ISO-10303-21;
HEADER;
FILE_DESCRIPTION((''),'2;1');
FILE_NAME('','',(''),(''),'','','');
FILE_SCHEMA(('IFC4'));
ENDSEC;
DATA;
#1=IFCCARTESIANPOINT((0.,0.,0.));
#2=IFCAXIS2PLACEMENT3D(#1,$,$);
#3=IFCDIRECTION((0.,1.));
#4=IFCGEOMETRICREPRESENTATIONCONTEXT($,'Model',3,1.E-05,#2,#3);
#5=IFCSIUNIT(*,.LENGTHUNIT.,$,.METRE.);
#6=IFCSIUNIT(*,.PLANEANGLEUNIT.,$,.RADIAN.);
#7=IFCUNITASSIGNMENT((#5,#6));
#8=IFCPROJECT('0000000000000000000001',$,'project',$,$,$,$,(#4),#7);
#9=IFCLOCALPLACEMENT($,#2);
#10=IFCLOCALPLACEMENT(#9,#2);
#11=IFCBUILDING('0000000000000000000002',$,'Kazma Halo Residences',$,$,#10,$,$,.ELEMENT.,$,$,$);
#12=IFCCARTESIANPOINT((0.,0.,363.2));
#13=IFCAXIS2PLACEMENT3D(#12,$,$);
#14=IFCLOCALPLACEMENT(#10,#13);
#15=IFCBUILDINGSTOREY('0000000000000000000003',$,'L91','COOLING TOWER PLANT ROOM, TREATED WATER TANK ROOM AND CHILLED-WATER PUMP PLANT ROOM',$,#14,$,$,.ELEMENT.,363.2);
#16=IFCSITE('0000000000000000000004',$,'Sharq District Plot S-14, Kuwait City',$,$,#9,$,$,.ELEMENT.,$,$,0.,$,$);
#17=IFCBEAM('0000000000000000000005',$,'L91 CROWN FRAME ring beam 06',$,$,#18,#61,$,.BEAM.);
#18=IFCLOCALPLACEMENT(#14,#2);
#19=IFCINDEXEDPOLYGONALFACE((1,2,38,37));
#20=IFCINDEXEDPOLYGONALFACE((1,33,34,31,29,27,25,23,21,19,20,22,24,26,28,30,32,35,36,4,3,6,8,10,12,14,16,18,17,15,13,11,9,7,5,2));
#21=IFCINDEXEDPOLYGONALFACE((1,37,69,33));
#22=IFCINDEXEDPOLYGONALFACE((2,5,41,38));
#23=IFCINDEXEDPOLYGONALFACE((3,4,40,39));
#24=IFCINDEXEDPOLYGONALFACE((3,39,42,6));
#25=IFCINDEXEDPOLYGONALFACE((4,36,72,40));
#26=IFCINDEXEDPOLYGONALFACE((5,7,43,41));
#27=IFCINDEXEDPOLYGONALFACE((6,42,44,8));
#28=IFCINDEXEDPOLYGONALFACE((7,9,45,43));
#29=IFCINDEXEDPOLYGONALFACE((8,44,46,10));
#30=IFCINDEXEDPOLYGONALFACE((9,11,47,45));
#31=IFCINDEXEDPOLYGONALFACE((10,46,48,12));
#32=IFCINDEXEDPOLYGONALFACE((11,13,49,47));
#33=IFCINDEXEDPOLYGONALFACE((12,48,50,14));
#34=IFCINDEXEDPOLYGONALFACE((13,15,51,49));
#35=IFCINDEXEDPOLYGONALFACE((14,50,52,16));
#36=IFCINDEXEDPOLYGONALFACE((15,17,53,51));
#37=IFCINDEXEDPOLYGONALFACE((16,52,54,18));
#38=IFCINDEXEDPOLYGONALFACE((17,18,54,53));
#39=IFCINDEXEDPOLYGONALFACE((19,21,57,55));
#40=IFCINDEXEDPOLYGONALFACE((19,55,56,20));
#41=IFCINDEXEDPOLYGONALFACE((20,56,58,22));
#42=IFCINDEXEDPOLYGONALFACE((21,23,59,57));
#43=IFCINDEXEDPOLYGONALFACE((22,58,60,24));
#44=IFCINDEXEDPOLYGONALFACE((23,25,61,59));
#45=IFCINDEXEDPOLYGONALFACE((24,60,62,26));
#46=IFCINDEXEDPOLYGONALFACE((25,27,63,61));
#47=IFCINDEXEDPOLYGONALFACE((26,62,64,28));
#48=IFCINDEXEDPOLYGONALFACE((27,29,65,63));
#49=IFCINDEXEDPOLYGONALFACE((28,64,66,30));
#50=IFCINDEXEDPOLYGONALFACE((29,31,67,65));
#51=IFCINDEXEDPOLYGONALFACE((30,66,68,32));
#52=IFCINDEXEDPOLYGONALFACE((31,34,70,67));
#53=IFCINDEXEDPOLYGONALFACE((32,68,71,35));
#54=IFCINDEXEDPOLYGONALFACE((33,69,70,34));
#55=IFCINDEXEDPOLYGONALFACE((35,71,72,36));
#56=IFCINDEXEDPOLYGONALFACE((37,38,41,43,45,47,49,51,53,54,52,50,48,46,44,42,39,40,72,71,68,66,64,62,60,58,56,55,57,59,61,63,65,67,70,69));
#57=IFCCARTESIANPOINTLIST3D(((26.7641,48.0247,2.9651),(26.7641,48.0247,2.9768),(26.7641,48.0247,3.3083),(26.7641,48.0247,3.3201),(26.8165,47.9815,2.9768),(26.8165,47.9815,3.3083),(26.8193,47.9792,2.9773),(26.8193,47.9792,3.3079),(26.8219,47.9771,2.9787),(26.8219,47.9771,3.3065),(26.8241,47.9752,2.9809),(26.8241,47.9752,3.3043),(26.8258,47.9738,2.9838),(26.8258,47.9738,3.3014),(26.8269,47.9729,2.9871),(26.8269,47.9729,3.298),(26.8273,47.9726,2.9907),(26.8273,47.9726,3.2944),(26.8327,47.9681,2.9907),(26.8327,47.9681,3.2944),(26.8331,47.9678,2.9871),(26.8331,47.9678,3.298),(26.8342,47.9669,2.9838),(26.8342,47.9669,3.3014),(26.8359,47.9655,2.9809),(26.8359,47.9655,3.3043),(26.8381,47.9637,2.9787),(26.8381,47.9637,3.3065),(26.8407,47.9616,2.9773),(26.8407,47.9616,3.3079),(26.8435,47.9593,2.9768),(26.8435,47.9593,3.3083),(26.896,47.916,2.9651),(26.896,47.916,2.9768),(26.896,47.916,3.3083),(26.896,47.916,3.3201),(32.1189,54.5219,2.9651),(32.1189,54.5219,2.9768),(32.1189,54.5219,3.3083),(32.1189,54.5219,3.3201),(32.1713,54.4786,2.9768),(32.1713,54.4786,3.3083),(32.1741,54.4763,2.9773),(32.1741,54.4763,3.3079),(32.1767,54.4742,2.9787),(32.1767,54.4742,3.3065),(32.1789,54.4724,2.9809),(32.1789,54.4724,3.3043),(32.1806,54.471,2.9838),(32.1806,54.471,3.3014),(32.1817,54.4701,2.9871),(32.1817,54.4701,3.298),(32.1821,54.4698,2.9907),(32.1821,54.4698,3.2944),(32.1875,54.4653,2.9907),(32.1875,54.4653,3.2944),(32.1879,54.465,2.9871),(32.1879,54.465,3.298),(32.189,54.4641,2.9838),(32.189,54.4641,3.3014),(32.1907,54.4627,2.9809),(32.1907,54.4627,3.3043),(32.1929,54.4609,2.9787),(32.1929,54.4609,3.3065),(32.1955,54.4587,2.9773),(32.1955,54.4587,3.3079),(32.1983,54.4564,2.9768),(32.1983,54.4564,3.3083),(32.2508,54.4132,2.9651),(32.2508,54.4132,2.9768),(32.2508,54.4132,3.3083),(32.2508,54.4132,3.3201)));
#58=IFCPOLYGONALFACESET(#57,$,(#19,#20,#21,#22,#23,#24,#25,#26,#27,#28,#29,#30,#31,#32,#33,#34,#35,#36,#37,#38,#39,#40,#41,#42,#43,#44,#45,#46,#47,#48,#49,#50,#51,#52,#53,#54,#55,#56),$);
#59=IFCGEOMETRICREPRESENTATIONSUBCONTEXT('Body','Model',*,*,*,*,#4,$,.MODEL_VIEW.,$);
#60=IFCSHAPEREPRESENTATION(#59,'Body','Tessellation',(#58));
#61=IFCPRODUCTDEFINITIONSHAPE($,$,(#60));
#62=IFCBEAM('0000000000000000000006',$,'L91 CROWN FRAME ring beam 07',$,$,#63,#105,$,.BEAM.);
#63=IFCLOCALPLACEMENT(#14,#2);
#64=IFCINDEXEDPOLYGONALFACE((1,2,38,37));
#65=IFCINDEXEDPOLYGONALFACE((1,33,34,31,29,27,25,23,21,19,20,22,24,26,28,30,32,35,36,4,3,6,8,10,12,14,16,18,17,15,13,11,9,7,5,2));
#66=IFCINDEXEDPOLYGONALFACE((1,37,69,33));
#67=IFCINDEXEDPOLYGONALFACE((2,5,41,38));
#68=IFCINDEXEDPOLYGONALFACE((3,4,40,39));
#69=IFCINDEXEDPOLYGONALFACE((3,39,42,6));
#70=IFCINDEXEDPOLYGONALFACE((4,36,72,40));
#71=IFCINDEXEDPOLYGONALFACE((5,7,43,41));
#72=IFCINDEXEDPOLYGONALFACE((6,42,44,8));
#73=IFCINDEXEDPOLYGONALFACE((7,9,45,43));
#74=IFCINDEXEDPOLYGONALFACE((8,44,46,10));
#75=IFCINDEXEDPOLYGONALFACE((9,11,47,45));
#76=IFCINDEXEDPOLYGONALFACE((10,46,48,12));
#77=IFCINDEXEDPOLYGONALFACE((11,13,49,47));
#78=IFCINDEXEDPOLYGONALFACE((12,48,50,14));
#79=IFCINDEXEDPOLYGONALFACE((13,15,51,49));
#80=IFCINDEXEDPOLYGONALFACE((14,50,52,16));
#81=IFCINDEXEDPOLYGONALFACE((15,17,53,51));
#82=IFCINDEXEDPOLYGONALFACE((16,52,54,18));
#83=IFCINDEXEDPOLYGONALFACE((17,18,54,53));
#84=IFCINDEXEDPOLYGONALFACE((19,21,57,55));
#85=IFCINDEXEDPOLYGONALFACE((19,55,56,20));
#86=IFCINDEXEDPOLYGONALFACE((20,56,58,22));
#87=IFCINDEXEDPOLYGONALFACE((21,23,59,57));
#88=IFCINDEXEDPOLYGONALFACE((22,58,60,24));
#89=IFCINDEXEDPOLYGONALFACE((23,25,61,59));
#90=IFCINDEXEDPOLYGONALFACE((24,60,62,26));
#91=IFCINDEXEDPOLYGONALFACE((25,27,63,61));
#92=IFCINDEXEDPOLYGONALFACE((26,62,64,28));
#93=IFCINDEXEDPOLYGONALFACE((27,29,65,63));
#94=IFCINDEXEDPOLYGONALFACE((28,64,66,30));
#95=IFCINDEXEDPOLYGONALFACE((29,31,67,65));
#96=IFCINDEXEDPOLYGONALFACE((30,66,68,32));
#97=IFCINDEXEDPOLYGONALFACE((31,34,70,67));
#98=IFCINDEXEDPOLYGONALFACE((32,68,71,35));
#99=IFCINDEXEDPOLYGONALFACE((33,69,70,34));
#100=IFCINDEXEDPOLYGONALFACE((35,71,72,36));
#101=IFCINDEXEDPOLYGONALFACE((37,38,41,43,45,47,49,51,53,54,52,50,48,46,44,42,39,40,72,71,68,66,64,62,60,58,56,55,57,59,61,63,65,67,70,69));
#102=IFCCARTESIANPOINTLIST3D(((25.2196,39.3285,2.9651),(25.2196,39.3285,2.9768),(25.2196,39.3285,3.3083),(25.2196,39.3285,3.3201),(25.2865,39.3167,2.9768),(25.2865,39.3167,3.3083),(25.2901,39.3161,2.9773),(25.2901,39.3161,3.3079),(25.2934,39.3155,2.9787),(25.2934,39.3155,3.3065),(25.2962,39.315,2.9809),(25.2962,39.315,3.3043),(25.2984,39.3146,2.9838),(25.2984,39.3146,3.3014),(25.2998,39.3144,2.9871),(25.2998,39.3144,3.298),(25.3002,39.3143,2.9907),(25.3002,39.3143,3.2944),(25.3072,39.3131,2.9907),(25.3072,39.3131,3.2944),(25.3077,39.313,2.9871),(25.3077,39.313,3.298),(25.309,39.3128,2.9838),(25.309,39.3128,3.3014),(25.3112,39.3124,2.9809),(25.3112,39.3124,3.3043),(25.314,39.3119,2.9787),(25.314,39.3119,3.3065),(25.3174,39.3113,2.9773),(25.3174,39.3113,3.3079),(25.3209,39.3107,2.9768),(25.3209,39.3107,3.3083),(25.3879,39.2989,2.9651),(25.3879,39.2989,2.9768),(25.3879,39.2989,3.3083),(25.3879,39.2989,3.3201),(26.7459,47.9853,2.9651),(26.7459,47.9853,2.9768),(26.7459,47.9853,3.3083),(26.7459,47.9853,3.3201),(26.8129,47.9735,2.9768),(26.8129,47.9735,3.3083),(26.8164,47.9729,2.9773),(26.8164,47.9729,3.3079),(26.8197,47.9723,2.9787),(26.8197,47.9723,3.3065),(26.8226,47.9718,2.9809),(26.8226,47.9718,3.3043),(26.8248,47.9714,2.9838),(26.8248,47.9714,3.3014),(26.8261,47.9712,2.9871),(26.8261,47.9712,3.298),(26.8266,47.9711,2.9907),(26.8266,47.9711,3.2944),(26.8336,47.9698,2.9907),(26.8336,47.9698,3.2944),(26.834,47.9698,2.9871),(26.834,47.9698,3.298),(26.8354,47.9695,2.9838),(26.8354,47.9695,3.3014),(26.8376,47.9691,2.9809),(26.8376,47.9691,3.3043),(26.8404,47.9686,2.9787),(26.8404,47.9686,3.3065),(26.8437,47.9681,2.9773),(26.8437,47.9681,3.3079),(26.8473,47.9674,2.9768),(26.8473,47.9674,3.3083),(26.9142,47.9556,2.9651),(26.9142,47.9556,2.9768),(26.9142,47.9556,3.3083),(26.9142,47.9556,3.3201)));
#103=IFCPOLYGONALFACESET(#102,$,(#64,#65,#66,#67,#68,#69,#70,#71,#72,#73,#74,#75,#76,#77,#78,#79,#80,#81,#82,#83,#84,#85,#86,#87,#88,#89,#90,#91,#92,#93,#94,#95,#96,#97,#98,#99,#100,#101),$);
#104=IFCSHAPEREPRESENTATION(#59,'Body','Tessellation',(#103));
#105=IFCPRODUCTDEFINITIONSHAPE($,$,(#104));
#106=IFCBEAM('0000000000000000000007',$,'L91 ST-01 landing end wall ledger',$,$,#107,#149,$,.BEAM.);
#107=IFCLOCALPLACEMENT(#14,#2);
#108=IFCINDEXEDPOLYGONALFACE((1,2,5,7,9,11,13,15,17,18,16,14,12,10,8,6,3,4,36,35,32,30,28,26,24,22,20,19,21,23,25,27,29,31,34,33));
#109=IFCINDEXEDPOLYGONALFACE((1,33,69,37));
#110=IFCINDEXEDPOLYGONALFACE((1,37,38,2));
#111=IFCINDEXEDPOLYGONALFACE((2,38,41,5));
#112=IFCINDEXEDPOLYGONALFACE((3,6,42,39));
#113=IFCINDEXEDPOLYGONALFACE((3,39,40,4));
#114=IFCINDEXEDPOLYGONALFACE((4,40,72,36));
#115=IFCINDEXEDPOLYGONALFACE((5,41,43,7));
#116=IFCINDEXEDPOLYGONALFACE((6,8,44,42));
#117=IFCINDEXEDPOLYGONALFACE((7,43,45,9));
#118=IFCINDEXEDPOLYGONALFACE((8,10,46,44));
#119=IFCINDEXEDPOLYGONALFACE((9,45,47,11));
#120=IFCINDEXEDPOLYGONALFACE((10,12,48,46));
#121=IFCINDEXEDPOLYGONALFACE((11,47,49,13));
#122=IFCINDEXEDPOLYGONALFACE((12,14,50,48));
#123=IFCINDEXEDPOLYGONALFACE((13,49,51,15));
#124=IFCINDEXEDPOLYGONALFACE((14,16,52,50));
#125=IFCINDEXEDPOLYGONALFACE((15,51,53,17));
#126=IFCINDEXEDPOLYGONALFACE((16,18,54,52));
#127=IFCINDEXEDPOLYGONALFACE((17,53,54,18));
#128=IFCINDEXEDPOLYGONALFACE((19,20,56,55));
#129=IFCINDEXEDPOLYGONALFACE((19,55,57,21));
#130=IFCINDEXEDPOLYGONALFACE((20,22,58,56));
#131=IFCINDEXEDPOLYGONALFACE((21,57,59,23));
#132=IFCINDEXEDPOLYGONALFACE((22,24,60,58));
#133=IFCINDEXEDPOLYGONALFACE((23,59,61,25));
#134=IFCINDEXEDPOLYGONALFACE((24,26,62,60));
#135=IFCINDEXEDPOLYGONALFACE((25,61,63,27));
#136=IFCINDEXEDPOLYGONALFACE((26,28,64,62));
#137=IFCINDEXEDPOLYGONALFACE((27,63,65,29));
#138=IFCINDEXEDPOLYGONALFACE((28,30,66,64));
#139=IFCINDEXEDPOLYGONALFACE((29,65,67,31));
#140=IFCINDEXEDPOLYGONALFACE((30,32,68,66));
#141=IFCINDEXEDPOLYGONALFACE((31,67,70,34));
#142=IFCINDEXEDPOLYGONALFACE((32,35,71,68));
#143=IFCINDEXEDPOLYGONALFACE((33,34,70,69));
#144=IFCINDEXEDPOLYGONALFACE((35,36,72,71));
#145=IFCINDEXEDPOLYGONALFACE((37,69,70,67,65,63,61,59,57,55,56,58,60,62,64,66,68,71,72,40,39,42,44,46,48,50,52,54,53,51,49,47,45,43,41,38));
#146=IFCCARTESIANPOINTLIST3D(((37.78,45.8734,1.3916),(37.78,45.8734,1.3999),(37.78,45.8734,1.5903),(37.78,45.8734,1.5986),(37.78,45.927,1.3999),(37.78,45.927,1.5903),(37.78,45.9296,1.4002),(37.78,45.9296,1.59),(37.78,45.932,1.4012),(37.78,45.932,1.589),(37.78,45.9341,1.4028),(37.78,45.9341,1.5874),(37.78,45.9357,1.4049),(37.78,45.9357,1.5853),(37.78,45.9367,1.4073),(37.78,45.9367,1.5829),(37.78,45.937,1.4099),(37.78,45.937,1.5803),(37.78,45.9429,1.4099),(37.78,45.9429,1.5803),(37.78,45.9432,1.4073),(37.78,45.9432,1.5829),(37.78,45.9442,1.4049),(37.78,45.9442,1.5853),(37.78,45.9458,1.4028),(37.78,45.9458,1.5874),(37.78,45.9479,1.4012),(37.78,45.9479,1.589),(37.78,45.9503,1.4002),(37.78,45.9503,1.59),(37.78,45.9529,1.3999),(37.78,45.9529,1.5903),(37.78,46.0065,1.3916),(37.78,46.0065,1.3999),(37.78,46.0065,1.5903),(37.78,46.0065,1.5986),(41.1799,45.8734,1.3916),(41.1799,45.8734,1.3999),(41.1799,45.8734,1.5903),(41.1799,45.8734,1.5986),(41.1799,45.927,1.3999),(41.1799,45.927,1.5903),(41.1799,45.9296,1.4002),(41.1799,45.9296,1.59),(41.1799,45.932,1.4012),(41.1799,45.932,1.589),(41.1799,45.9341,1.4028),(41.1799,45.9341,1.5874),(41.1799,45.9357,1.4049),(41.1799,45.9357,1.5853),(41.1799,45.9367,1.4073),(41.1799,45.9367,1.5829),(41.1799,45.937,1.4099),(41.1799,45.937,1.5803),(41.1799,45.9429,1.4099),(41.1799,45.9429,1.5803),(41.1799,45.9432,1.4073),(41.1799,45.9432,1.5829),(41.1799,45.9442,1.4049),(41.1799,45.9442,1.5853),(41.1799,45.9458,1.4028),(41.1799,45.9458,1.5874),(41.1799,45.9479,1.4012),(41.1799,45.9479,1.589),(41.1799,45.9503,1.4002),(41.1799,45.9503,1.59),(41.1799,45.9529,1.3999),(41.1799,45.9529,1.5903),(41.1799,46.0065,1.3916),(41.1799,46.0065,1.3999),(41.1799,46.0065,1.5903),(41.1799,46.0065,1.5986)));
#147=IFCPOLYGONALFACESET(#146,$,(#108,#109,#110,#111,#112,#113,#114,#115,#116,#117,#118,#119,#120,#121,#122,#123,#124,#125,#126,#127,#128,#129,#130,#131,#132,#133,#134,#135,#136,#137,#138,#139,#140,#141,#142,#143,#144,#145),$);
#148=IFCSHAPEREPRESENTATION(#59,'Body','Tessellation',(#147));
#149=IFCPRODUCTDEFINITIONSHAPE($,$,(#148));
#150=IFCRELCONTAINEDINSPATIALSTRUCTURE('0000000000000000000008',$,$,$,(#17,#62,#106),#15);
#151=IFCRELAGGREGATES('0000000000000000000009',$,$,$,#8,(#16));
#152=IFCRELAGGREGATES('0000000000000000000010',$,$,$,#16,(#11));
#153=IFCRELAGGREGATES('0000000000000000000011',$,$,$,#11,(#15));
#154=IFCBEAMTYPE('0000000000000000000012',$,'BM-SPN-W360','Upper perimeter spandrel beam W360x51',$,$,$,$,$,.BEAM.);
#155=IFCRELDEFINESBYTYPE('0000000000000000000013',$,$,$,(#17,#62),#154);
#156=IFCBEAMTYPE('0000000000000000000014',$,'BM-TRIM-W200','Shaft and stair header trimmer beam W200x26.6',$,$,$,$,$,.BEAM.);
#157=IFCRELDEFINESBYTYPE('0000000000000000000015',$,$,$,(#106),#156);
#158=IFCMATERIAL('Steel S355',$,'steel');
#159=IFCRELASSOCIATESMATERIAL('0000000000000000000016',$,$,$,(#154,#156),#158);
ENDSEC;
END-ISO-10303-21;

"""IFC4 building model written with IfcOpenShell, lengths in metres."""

from ifc_helpers import new_model, si_unit, direction, frame, origin, origin_2d, place, context, subcontext, project, spatial, i_section, extrude, material, material_profile, profile_set, type_object, element, save


model = new_model("IFC4")

# Units and contexts
model_context = context("Model", 3, precision=1e-05, world=origin(), true_north=direction((0.0, 1.0)))
body_context = subcontext(model_context, "Body", "Model", "MODEL_VIEW")
ifc_project = project(units=[si_unit("LENGTHUNIT", "METRE"), si_unit("PLANEANGLEUNIT", "RADIAN")], contexts=[model_context])

# Site, building, storey
site_placement = place(None, origin())
site = spatial("IfcSite", under=ifc_project, at=site_placement, Name="Sharq District Plot S-14, Kuwait City", CompositionType="ELEMENT", RefElevation=0.0)
building_placement = place(site_placement, origin())
building = spatial("IfcBuilding", under=site, at=building_placement, Name="Kazma Halo Residences", CompositionType="ELEMENT")
storey_placement = place(building_placement, frame((0.0, 0.0, 363.2)))
storey = spatial("IfcBuildingStorey", under=building, at=storey_placement, Name="L91", Description="COOLING TOWER PLANT ROOM, TREATED WATER TANK ROOM AND CHILLED-WATER PUMP PLANT ROOM", CompositionType="ELEMENT", Elevation=363.2)

# Shared definitions
ifc_material_1 = material(Name="Steel S355", Category="steel")

# Beams
ifc_material_profile_1 = material_profile(ifc_material_1, i_section(OverallWidth=0.1709, OverallDepth=0.355, WebThickness=0.0071, FlangeThickness=0.0117, FilletRadius=0.0139, at=origin_2d()), Name="W360x51")
ifc_profile_set_1 = profile_set([ifc_material_profile_1], Name="Steel S355")
beam_type_1 = type_object("IfcBeamType", Name="BM-SPN-W360", Description="Upper perimeter spandrel beam W360x51", PredefinedType="BEAM", material=ifc_profile_set_1)
beam_1_placement = place(storey_placement, frame((32.1848, 54.4675, 3.1426), z_axis=(-0.636005, -0.771685, 0.0), x_axis=(0.771685, -0.636005, 0.0)))
element("IfcBeam", 1, at=beam_1_placement, inside=storey, type_object=beam_type_1, Name="L91 CROWN FRAME ring beam 06", PredefinedType="BEAM", context=body_context, shape_type="SweptSolid", body=[
    extrude(i_section(OverallWidth=0.1709, OverallDepth=0.355, WebThickness=0.0071, FlangeThickness=0.0117, FilletRadius=0.0139, at=origin_2d()), origin(), (0.0, 0.0, 1.0), 8.4194),
])
beam_2_placement = place(storey_placement, frame((26.8301, 47.9705, 3.1426), z_axis=(-0.173643, -0.984809, 0.0), x_axis=(0.984809, -0.173643, 0.0)))
element("IfcBeam", 2, at=beam_2_placement, inside=storey, type_object=beam_type_1, Name="L91 CROWN FRAME ring beam 07", PredefinedType="BEAM", context=body_context, shape_type="SweptSolid", body=[
    extrude(i_section(OverallWidth=0.1709, OverallDepth=0.355, WebThickness=0.0071, FlangeThickness=0.0117, FilletRadius=0.0139, at=origin_2d()), origin(), (0.0, 0.0, 1.0), 8.7903),
])
ifc_material_profile_2 = material_profile(ifc_material_1, i_section(OverallWidth=0.1331, OverallDepth=0.207, WebThickness=0.0059, FlangeThickness=0.0083, FilletRadius=0.01, at=origin_2d()), Name="W200x26.6")
ifc_profile_set_2 = profile_set([ifc_material_profile_2], Name="Steel S355")
beam_type_2 = type_object("IfcBeamType", Name="BM-TRIM-W200", Description="Shaft and stair header trimmer beam W200x26.6", PredefinedType="BEAM", material=ifc_profile_set_2)
beam_3_placement = place(storey_placement, frame((37.78, 45.9399, 1.4951), z_axis=(1.0, 0.0, 0.0), x_axis=(0.0, 1.0, 0.0)))
element("IfcBeam", 3, at=beam_3_placement, inside=storey, type_object=beam_type_2, Name="L91 ST-01 landing end wall ledger", PredefinedType="BEAM", context=body_context, shape_type="SweptSolid", body=[
    extrude(i_section(OverallWidth=0.1331, OverallDepth=0.207, WebThickness=0.0059, FlangeThickness=0.0083, FilletRadius=0.01, at=origin_2d()), origin(), (0.0, 0.0, 1.0), 3.3999),
])

save(model, "model.ifc")
